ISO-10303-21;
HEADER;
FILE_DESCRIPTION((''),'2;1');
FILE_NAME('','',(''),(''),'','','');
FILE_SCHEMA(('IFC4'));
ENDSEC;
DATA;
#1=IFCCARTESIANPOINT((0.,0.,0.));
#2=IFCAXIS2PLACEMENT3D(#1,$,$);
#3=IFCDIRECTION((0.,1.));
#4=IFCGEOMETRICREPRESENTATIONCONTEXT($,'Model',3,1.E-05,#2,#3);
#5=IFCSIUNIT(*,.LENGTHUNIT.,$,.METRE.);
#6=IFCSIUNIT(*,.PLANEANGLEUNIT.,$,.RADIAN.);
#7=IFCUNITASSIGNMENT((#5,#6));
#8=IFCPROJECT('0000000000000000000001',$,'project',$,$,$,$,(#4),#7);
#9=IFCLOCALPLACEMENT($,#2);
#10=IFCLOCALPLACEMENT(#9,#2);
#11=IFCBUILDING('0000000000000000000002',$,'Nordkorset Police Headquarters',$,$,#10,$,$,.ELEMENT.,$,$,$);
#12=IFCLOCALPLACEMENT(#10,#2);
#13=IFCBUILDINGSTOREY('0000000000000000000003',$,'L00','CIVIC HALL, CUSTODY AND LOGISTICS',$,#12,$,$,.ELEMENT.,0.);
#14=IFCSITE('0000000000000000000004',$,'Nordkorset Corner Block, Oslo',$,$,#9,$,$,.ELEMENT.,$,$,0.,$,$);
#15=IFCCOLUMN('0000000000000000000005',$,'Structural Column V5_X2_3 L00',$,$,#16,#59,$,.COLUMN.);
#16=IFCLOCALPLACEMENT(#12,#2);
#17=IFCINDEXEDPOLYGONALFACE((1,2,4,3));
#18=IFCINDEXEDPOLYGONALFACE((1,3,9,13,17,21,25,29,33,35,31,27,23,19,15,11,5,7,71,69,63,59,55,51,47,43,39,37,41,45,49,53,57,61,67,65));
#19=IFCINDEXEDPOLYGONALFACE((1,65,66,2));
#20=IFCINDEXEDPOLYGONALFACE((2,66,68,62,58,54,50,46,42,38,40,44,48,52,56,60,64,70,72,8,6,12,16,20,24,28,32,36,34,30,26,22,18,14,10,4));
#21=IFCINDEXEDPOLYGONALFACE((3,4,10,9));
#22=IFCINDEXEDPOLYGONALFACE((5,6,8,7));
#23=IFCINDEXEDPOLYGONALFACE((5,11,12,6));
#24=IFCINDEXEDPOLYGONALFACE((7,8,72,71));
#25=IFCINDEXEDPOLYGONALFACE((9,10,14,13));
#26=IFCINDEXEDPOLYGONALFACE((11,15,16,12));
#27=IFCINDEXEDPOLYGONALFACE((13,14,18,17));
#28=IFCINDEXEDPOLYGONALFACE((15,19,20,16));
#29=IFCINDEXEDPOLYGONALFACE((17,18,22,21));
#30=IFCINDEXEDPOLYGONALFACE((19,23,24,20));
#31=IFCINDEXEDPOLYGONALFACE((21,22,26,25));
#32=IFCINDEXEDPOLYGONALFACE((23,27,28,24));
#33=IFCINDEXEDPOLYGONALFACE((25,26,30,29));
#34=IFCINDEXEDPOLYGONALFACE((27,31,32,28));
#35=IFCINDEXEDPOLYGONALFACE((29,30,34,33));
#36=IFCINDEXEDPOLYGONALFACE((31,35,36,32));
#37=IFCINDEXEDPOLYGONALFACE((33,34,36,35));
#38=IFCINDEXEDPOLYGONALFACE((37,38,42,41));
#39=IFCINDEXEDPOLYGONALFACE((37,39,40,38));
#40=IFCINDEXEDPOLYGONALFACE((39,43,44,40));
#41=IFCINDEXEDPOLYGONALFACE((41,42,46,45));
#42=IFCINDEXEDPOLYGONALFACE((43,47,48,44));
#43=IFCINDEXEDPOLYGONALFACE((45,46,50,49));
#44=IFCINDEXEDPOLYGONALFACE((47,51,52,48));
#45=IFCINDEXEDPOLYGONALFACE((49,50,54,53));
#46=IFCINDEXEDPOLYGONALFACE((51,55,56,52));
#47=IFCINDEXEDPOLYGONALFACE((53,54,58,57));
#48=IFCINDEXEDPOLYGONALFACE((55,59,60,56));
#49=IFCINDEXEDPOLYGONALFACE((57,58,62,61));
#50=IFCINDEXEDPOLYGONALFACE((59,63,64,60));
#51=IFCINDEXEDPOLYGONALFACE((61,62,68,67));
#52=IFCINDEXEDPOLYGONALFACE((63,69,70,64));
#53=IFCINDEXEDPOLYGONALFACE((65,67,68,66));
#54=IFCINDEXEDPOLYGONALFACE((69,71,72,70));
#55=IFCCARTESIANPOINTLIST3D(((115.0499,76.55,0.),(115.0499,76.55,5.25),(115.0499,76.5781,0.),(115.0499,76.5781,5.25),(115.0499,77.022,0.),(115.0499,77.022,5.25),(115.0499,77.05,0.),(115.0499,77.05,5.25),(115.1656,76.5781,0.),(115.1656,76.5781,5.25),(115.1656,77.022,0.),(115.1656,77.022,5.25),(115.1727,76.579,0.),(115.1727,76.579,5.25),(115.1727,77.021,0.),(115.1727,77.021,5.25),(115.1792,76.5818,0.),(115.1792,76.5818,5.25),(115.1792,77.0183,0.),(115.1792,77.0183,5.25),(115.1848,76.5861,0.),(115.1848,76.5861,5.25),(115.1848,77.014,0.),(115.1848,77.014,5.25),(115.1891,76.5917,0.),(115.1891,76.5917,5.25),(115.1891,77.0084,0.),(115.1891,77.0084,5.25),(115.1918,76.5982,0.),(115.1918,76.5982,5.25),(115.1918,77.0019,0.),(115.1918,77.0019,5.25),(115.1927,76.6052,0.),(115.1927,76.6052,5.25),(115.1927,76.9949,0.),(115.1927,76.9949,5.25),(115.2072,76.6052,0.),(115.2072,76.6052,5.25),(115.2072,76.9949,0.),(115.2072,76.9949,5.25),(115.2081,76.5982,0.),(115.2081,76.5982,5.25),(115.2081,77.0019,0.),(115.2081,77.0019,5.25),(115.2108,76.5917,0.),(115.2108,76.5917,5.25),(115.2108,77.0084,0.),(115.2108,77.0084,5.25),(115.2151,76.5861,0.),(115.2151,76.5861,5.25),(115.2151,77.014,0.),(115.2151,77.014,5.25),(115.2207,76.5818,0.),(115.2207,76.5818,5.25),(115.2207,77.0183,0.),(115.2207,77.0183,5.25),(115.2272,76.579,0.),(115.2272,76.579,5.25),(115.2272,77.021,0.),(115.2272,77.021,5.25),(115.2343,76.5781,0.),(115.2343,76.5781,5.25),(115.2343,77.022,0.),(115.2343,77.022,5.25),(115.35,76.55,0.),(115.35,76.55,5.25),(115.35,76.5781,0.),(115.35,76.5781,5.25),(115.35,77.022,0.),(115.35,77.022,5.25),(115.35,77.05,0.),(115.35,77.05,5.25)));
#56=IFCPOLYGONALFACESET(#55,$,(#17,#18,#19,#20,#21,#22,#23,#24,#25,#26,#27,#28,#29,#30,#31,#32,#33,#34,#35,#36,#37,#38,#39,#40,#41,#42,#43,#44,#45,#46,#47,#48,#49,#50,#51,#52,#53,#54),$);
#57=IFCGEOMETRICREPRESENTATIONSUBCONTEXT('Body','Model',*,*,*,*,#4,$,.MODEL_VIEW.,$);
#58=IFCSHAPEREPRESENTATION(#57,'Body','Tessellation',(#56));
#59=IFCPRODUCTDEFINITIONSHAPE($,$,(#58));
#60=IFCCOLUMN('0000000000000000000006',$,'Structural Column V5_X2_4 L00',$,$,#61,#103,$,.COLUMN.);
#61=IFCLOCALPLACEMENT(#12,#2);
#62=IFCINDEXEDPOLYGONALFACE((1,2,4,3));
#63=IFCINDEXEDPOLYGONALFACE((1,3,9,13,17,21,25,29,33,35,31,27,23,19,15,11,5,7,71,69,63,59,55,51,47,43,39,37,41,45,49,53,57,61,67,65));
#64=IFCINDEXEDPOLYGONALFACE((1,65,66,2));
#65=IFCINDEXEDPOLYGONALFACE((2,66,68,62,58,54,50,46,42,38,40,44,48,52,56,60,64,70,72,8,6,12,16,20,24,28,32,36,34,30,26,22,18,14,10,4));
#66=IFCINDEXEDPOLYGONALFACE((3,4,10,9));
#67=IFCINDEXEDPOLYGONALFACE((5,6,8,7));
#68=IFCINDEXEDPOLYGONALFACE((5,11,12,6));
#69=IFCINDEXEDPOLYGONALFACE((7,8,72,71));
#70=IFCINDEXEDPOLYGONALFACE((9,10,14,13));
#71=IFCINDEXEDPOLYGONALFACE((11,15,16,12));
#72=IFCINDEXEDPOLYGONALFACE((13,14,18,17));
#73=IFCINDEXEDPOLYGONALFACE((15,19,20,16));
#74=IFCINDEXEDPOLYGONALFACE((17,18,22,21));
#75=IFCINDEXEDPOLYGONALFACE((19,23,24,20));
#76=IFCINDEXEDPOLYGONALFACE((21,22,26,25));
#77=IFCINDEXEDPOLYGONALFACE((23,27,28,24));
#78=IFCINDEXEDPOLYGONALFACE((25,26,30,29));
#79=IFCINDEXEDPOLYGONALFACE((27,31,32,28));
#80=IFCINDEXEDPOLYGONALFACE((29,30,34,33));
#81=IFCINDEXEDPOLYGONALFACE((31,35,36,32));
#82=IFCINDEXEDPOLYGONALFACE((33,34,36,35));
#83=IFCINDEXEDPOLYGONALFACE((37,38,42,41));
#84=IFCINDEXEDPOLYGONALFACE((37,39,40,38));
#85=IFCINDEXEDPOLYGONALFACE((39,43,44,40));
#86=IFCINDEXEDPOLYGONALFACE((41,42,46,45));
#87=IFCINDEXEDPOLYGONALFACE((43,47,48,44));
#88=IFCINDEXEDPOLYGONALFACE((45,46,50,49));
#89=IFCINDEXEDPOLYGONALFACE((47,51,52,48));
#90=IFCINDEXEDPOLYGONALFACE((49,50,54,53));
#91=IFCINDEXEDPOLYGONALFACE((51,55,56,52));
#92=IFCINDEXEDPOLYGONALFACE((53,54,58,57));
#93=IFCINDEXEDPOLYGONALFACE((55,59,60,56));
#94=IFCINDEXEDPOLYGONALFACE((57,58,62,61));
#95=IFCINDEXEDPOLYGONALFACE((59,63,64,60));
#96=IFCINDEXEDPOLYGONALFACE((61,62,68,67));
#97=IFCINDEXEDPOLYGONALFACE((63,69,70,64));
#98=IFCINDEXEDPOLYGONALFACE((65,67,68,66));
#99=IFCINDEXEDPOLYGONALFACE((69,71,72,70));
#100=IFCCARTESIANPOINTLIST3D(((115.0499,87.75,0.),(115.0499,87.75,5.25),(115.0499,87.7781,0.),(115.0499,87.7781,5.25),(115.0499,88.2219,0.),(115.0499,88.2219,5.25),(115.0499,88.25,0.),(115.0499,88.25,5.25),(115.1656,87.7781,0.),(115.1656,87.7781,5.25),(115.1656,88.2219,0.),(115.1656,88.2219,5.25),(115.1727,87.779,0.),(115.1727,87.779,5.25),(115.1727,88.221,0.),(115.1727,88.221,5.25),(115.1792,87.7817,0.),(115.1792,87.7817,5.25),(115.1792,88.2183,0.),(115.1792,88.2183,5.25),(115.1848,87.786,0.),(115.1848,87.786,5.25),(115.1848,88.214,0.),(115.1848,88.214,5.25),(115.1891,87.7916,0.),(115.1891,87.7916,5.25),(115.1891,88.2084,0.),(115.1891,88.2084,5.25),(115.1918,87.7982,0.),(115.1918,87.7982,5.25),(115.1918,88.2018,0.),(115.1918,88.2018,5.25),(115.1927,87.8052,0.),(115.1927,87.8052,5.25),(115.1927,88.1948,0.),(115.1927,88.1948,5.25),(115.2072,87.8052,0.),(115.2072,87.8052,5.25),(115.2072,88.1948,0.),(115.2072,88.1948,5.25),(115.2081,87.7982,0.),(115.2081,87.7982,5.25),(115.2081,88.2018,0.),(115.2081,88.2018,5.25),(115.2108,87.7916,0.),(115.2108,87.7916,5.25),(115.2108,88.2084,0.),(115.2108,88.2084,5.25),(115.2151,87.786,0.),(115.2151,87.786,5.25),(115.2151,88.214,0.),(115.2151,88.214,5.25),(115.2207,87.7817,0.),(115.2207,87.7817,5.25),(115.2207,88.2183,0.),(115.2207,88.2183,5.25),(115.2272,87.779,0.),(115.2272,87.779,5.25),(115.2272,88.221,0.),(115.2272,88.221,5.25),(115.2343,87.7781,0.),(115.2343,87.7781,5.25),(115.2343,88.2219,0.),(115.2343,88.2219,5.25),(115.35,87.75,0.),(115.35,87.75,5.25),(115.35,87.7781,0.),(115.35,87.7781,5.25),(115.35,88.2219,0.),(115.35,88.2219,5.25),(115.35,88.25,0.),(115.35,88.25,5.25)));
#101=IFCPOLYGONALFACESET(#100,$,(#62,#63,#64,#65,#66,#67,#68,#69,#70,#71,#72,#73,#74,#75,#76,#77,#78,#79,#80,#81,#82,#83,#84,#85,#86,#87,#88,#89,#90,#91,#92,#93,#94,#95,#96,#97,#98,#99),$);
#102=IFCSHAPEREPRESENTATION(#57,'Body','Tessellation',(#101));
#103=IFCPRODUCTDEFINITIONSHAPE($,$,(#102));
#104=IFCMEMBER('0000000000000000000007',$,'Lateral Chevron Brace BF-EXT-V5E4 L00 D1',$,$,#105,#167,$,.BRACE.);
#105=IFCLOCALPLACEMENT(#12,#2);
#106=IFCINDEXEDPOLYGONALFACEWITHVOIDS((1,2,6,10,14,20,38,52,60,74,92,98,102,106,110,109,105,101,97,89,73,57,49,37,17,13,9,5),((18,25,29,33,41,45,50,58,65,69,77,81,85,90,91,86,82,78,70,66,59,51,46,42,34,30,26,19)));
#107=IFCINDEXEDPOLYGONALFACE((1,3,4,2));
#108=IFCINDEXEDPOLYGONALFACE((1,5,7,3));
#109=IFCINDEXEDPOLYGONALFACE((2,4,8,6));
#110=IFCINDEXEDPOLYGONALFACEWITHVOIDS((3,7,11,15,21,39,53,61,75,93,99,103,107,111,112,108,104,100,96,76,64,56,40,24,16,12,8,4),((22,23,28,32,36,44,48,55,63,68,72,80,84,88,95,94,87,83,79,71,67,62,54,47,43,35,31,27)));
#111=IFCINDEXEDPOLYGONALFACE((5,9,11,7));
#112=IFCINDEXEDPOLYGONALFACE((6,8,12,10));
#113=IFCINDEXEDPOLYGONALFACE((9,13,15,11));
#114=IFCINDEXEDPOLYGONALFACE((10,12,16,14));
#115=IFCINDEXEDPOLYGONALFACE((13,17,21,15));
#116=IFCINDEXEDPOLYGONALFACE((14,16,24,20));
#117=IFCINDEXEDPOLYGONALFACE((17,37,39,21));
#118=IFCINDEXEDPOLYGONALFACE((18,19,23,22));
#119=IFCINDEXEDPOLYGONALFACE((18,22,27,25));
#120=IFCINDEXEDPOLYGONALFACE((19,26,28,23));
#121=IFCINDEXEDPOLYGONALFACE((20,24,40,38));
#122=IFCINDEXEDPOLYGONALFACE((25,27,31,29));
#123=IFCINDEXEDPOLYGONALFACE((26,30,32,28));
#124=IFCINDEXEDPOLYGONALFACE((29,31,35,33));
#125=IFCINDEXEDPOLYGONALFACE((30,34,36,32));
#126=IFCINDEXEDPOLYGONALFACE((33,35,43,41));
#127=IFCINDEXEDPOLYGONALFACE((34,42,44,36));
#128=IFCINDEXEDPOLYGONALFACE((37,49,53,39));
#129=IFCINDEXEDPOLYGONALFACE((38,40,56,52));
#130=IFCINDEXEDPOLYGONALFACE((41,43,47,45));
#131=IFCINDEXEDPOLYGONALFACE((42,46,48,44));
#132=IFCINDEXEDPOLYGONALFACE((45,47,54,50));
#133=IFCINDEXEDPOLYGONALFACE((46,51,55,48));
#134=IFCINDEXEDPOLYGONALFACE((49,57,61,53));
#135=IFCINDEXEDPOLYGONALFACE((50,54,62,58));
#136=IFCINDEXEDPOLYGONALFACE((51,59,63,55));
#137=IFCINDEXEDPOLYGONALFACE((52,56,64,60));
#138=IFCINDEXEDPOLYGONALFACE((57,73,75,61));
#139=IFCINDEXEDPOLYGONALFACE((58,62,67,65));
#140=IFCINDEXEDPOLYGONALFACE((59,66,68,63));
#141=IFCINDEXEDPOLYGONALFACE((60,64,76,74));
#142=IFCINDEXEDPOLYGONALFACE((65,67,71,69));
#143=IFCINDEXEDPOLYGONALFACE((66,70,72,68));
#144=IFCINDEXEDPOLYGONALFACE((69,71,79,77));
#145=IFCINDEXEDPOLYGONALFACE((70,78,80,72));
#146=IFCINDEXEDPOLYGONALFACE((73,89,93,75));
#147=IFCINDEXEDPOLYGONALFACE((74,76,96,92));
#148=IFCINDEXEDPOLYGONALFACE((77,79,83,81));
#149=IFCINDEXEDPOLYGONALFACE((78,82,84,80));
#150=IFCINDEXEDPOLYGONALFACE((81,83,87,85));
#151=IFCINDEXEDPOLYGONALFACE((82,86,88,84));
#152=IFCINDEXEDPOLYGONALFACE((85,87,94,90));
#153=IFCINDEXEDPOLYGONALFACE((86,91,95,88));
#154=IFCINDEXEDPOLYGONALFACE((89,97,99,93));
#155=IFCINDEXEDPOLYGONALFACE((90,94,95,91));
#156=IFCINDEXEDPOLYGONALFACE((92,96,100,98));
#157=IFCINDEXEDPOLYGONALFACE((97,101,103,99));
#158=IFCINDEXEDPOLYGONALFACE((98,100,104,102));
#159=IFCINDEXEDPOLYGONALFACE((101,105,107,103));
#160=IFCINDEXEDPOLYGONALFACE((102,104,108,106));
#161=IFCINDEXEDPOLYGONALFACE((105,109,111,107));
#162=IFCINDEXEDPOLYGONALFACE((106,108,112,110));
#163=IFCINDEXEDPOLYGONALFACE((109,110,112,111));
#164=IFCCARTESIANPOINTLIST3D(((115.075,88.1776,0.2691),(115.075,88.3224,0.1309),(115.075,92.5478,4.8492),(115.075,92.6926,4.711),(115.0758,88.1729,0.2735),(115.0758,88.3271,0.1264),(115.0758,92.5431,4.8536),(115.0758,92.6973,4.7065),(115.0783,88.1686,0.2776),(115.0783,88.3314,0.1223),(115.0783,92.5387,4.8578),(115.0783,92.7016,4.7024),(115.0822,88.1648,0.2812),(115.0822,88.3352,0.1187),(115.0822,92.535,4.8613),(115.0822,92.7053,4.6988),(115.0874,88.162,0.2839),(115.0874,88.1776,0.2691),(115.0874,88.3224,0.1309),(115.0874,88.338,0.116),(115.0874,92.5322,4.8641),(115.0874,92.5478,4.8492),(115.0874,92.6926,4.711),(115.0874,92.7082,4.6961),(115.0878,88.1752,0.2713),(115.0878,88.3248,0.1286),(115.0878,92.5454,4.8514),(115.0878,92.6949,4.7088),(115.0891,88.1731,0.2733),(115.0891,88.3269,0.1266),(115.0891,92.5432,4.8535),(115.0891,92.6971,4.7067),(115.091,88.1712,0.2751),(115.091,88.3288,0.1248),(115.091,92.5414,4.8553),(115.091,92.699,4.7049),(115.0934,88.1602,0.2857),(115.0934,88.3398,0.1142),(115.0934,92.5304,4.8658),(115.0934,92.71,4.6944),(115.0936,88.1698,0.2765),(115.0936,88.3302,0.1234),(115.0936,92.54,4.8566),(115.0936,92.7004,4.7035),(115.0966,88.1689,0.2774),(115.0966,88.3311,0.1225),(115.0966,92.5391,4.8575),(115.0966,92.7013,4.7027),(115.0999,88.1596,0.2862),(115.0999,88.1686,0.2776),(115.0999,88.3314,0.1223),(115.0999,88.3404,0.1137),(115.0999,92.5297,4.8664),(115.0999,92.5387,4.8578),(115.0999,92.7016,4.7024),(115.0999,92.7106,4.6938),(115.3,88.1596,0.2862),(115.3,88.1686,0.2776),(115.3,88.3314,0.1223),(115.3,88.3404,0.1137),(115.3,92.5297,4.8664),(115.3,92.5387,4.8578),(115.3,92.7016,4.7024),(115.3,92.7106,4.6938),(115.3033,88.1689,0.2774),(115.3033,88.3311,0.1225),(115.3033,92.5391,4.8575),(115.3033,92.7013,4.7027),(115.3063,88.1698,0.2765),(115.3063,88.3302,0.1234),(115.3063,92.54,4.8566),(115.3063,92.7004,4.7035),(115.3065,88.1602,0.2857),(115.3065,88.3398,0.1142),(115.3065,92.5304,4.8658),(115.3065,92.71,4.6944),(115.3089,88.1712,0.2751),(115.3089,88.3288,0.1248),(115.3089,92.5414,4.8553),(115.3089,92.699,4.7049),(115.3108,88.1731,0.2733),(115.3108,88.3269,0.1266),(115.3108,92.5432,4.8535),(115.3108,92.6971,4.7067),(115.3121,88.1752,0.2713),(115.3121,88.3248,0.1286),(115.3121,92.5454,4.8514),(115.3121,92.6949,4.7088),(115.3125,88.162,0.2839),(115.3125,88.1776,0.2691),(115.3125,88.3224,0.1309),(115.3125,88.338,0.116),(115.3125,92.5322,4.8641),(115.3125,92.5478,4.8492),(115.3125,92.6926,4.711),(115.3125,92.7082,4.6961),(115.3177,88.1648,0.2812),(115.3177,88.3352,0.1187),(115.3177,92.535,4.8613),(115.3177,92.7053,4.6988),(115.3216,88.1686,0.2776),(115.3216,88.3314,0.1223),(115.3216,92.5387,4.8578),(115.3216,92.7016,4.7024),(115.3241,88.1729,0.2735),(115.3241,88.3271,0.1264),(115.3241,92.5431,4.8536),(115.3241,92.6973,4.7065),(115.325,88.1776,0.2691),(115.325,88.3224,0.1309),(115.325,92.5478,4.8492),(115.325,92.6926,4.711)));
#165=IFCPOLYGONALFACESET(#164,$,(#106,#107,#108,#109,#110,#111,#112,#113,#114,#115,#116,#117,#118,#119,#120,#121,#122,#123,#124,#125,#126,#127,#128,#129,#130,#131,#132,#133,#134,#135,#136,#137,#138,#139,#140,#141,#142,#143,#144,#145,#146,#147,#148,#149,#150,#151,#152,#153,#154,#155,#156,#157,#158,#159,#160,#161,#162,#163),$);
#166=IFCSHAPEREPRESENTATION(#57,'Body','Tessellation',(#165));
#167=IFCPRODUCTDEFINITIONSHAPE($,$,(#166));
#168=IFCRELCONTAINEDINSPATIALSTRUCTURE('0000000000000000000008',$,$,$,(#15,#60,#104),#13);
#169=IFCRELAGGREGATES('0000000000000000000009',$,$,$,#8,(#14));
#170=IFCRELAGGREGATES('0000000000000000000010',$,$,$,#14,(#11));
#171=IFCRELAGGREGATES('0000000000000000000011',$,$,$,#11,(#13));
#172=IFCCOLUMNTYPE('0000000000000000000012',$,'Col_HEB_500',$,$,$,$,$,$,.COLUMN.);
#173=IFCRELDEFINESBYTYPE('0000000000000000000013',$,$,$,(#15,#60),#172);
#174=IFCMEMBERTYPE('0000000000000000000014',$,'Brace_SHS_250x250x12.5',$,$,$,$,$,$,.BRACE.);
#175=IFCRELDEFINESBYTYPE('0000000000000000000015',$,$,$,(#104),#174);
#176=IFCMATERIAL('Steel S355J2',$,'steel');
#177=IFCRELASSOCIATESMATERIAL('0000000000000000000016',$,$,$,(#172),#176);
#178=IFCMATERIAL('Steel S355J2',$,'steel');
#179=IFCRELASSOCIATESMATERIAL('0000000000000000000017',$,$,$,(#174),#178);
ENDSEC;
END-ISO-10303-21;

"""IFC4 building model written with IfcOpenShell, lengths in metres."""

from ifc_helpers import new_model, si_unit, direction, frame, origin, origin_2d, place, context, subcontext, project, spatial, hollow_rectangle, i_section, extrude, material, material_profile, profile_set, type_object, element, save


model = new_model("IFC4")

# Units and contexts
model_context = context("Model", 3, precision=1e-05, world=origin(), true_north=direction((0.0, 1.0)))
body_context = subcontext(model_context, "Body", "Model", "MODEL_VIEW")
ifc_project = project(units=[si_unit("LENGTHUNIT", "METRE"), si_unit("PLANEANGLEUNIT", "RADIAN")], contexts=[model_context])

# Site, building, storey
site_placement = place(None, origin())
site = spatial("IfcSite", under=ifc_project, at=site_placement, Name="Nordkorset Corner Block, Oslo", CompositionType="ELEMENT", RefElevation=0.0)
building_placement = place(site_placement, origin())
building = spatial("IfcBuilding", under=site, at=building_placement, Name="Nordkorset Police Headquarters", CompositionType="ELEMENT")
storey_placement = place(building_placement, origin())
storey = spatial("IfcBuildingStorey", under=building, at=storey_placement, Name="L00", Description="CIVIC HALL, CUSTODY AND LOGISTICS", CompositionType="ELEMENT", Elevation=0.0)

# Columns
ifc_material_1 = material(Name="Steel S355J2", Category="steel")
ifc_material_profile_1 = material_profile(ifc_material_1, i_section(OverallWidth=0.3, OverallDepth=0.5, WebThickness=0.0144, FlangeThickness=0.0281, FilletRadius=0.0271, at=origin_2d()), Name="HEB 500")
ifc_profile_set_1 = profile_set([ifc_material_profile_1], Name="Steel S355J2")
column_type = type_object("IfcColumnType", Name="Col_HEB_500", PredefinedType="COLUMN", material=ifc_profile_set_1)
for number, where, z_axis, x_axis, name in (
    (1, (115.2, 76.8, 0.0), (0.0, 0.0, 1.0), (1.0, 0.0, 0.0), "Structural Column V5_X2_3 L00"),
    (2, (115.2, 88.0, 0.0), (0.0, 0.0, 1.0), (1.0, 0.0, 0.0), "Structural Column V5_X2_4 L00"),
):
    element("IfcColumn", number, at=place(storey_placement, frame(where, z_axis=z_axis, x_axis=x_axis)), inside=storey, type_object=column_type, Name=name, PredefinedType="COLUMN", context=body_context, shape_type="SweptSolid", body=[
        extrude(i_section(OverallWidth=0.3, OverallDepth=0.5, WebThickness=0.0144, FlangeThickness=0.0281, FilletRadius=0.0271, at=origin_2d()), origin(), (0.0, 0.0, 1.0), 5.25),
    ])

# Member
ifc_material_2 = material(Name="Steel S355J2", Category="steel")
ifc_material_profile_2 = material_profile(ifc_material_2, hollow_rectangle(XDim=0.25, YDim=0.25, WallThickness=0.0125, InnerFilletRadius=0.0125, OuterFilletRadius=0.0249, at=origin_2d()), Name="SHS 250x250x12.5")
ifc_profile_set_2 = profile_set([ifc_material_profile_2], Name="Steel S355J2")
member_type = type_object("IfcMemberType", Name="Brace_SHS_250x250x12.5", PredefinedType="BRACE", material=ifc_profile_set_2)
for number, where, z_axis, x_axis, name in (
    (3, (115.2, 88.25, 0.2), (0.0, 0.690329, 0.723496), (-1.0, 0.0, 0.0), "Lateral Chevron Brace BF-EXT-V5E4 L00 D1"),
):
    element("IfcMember", number, at=place(storey_placement, frame(where, z_axis=z_axis, x_axis=x_axis)), inside=storey, type_object=member_type, Name=name, PredefinedType="BRACE", context=body_context, shape_type="SweptSolid", body=[
        extrude(hollow_rectangle(XDim=0.25, YDim=0.25, WallThickness=0.0125, InnerFilletRadius=0.0125, OuterFilletRadius=0.0249, at=origin_2d()), origin(), (0.0, 0.0, 1.0), 6.3306),
    ])

save(model, "model.ifc")
